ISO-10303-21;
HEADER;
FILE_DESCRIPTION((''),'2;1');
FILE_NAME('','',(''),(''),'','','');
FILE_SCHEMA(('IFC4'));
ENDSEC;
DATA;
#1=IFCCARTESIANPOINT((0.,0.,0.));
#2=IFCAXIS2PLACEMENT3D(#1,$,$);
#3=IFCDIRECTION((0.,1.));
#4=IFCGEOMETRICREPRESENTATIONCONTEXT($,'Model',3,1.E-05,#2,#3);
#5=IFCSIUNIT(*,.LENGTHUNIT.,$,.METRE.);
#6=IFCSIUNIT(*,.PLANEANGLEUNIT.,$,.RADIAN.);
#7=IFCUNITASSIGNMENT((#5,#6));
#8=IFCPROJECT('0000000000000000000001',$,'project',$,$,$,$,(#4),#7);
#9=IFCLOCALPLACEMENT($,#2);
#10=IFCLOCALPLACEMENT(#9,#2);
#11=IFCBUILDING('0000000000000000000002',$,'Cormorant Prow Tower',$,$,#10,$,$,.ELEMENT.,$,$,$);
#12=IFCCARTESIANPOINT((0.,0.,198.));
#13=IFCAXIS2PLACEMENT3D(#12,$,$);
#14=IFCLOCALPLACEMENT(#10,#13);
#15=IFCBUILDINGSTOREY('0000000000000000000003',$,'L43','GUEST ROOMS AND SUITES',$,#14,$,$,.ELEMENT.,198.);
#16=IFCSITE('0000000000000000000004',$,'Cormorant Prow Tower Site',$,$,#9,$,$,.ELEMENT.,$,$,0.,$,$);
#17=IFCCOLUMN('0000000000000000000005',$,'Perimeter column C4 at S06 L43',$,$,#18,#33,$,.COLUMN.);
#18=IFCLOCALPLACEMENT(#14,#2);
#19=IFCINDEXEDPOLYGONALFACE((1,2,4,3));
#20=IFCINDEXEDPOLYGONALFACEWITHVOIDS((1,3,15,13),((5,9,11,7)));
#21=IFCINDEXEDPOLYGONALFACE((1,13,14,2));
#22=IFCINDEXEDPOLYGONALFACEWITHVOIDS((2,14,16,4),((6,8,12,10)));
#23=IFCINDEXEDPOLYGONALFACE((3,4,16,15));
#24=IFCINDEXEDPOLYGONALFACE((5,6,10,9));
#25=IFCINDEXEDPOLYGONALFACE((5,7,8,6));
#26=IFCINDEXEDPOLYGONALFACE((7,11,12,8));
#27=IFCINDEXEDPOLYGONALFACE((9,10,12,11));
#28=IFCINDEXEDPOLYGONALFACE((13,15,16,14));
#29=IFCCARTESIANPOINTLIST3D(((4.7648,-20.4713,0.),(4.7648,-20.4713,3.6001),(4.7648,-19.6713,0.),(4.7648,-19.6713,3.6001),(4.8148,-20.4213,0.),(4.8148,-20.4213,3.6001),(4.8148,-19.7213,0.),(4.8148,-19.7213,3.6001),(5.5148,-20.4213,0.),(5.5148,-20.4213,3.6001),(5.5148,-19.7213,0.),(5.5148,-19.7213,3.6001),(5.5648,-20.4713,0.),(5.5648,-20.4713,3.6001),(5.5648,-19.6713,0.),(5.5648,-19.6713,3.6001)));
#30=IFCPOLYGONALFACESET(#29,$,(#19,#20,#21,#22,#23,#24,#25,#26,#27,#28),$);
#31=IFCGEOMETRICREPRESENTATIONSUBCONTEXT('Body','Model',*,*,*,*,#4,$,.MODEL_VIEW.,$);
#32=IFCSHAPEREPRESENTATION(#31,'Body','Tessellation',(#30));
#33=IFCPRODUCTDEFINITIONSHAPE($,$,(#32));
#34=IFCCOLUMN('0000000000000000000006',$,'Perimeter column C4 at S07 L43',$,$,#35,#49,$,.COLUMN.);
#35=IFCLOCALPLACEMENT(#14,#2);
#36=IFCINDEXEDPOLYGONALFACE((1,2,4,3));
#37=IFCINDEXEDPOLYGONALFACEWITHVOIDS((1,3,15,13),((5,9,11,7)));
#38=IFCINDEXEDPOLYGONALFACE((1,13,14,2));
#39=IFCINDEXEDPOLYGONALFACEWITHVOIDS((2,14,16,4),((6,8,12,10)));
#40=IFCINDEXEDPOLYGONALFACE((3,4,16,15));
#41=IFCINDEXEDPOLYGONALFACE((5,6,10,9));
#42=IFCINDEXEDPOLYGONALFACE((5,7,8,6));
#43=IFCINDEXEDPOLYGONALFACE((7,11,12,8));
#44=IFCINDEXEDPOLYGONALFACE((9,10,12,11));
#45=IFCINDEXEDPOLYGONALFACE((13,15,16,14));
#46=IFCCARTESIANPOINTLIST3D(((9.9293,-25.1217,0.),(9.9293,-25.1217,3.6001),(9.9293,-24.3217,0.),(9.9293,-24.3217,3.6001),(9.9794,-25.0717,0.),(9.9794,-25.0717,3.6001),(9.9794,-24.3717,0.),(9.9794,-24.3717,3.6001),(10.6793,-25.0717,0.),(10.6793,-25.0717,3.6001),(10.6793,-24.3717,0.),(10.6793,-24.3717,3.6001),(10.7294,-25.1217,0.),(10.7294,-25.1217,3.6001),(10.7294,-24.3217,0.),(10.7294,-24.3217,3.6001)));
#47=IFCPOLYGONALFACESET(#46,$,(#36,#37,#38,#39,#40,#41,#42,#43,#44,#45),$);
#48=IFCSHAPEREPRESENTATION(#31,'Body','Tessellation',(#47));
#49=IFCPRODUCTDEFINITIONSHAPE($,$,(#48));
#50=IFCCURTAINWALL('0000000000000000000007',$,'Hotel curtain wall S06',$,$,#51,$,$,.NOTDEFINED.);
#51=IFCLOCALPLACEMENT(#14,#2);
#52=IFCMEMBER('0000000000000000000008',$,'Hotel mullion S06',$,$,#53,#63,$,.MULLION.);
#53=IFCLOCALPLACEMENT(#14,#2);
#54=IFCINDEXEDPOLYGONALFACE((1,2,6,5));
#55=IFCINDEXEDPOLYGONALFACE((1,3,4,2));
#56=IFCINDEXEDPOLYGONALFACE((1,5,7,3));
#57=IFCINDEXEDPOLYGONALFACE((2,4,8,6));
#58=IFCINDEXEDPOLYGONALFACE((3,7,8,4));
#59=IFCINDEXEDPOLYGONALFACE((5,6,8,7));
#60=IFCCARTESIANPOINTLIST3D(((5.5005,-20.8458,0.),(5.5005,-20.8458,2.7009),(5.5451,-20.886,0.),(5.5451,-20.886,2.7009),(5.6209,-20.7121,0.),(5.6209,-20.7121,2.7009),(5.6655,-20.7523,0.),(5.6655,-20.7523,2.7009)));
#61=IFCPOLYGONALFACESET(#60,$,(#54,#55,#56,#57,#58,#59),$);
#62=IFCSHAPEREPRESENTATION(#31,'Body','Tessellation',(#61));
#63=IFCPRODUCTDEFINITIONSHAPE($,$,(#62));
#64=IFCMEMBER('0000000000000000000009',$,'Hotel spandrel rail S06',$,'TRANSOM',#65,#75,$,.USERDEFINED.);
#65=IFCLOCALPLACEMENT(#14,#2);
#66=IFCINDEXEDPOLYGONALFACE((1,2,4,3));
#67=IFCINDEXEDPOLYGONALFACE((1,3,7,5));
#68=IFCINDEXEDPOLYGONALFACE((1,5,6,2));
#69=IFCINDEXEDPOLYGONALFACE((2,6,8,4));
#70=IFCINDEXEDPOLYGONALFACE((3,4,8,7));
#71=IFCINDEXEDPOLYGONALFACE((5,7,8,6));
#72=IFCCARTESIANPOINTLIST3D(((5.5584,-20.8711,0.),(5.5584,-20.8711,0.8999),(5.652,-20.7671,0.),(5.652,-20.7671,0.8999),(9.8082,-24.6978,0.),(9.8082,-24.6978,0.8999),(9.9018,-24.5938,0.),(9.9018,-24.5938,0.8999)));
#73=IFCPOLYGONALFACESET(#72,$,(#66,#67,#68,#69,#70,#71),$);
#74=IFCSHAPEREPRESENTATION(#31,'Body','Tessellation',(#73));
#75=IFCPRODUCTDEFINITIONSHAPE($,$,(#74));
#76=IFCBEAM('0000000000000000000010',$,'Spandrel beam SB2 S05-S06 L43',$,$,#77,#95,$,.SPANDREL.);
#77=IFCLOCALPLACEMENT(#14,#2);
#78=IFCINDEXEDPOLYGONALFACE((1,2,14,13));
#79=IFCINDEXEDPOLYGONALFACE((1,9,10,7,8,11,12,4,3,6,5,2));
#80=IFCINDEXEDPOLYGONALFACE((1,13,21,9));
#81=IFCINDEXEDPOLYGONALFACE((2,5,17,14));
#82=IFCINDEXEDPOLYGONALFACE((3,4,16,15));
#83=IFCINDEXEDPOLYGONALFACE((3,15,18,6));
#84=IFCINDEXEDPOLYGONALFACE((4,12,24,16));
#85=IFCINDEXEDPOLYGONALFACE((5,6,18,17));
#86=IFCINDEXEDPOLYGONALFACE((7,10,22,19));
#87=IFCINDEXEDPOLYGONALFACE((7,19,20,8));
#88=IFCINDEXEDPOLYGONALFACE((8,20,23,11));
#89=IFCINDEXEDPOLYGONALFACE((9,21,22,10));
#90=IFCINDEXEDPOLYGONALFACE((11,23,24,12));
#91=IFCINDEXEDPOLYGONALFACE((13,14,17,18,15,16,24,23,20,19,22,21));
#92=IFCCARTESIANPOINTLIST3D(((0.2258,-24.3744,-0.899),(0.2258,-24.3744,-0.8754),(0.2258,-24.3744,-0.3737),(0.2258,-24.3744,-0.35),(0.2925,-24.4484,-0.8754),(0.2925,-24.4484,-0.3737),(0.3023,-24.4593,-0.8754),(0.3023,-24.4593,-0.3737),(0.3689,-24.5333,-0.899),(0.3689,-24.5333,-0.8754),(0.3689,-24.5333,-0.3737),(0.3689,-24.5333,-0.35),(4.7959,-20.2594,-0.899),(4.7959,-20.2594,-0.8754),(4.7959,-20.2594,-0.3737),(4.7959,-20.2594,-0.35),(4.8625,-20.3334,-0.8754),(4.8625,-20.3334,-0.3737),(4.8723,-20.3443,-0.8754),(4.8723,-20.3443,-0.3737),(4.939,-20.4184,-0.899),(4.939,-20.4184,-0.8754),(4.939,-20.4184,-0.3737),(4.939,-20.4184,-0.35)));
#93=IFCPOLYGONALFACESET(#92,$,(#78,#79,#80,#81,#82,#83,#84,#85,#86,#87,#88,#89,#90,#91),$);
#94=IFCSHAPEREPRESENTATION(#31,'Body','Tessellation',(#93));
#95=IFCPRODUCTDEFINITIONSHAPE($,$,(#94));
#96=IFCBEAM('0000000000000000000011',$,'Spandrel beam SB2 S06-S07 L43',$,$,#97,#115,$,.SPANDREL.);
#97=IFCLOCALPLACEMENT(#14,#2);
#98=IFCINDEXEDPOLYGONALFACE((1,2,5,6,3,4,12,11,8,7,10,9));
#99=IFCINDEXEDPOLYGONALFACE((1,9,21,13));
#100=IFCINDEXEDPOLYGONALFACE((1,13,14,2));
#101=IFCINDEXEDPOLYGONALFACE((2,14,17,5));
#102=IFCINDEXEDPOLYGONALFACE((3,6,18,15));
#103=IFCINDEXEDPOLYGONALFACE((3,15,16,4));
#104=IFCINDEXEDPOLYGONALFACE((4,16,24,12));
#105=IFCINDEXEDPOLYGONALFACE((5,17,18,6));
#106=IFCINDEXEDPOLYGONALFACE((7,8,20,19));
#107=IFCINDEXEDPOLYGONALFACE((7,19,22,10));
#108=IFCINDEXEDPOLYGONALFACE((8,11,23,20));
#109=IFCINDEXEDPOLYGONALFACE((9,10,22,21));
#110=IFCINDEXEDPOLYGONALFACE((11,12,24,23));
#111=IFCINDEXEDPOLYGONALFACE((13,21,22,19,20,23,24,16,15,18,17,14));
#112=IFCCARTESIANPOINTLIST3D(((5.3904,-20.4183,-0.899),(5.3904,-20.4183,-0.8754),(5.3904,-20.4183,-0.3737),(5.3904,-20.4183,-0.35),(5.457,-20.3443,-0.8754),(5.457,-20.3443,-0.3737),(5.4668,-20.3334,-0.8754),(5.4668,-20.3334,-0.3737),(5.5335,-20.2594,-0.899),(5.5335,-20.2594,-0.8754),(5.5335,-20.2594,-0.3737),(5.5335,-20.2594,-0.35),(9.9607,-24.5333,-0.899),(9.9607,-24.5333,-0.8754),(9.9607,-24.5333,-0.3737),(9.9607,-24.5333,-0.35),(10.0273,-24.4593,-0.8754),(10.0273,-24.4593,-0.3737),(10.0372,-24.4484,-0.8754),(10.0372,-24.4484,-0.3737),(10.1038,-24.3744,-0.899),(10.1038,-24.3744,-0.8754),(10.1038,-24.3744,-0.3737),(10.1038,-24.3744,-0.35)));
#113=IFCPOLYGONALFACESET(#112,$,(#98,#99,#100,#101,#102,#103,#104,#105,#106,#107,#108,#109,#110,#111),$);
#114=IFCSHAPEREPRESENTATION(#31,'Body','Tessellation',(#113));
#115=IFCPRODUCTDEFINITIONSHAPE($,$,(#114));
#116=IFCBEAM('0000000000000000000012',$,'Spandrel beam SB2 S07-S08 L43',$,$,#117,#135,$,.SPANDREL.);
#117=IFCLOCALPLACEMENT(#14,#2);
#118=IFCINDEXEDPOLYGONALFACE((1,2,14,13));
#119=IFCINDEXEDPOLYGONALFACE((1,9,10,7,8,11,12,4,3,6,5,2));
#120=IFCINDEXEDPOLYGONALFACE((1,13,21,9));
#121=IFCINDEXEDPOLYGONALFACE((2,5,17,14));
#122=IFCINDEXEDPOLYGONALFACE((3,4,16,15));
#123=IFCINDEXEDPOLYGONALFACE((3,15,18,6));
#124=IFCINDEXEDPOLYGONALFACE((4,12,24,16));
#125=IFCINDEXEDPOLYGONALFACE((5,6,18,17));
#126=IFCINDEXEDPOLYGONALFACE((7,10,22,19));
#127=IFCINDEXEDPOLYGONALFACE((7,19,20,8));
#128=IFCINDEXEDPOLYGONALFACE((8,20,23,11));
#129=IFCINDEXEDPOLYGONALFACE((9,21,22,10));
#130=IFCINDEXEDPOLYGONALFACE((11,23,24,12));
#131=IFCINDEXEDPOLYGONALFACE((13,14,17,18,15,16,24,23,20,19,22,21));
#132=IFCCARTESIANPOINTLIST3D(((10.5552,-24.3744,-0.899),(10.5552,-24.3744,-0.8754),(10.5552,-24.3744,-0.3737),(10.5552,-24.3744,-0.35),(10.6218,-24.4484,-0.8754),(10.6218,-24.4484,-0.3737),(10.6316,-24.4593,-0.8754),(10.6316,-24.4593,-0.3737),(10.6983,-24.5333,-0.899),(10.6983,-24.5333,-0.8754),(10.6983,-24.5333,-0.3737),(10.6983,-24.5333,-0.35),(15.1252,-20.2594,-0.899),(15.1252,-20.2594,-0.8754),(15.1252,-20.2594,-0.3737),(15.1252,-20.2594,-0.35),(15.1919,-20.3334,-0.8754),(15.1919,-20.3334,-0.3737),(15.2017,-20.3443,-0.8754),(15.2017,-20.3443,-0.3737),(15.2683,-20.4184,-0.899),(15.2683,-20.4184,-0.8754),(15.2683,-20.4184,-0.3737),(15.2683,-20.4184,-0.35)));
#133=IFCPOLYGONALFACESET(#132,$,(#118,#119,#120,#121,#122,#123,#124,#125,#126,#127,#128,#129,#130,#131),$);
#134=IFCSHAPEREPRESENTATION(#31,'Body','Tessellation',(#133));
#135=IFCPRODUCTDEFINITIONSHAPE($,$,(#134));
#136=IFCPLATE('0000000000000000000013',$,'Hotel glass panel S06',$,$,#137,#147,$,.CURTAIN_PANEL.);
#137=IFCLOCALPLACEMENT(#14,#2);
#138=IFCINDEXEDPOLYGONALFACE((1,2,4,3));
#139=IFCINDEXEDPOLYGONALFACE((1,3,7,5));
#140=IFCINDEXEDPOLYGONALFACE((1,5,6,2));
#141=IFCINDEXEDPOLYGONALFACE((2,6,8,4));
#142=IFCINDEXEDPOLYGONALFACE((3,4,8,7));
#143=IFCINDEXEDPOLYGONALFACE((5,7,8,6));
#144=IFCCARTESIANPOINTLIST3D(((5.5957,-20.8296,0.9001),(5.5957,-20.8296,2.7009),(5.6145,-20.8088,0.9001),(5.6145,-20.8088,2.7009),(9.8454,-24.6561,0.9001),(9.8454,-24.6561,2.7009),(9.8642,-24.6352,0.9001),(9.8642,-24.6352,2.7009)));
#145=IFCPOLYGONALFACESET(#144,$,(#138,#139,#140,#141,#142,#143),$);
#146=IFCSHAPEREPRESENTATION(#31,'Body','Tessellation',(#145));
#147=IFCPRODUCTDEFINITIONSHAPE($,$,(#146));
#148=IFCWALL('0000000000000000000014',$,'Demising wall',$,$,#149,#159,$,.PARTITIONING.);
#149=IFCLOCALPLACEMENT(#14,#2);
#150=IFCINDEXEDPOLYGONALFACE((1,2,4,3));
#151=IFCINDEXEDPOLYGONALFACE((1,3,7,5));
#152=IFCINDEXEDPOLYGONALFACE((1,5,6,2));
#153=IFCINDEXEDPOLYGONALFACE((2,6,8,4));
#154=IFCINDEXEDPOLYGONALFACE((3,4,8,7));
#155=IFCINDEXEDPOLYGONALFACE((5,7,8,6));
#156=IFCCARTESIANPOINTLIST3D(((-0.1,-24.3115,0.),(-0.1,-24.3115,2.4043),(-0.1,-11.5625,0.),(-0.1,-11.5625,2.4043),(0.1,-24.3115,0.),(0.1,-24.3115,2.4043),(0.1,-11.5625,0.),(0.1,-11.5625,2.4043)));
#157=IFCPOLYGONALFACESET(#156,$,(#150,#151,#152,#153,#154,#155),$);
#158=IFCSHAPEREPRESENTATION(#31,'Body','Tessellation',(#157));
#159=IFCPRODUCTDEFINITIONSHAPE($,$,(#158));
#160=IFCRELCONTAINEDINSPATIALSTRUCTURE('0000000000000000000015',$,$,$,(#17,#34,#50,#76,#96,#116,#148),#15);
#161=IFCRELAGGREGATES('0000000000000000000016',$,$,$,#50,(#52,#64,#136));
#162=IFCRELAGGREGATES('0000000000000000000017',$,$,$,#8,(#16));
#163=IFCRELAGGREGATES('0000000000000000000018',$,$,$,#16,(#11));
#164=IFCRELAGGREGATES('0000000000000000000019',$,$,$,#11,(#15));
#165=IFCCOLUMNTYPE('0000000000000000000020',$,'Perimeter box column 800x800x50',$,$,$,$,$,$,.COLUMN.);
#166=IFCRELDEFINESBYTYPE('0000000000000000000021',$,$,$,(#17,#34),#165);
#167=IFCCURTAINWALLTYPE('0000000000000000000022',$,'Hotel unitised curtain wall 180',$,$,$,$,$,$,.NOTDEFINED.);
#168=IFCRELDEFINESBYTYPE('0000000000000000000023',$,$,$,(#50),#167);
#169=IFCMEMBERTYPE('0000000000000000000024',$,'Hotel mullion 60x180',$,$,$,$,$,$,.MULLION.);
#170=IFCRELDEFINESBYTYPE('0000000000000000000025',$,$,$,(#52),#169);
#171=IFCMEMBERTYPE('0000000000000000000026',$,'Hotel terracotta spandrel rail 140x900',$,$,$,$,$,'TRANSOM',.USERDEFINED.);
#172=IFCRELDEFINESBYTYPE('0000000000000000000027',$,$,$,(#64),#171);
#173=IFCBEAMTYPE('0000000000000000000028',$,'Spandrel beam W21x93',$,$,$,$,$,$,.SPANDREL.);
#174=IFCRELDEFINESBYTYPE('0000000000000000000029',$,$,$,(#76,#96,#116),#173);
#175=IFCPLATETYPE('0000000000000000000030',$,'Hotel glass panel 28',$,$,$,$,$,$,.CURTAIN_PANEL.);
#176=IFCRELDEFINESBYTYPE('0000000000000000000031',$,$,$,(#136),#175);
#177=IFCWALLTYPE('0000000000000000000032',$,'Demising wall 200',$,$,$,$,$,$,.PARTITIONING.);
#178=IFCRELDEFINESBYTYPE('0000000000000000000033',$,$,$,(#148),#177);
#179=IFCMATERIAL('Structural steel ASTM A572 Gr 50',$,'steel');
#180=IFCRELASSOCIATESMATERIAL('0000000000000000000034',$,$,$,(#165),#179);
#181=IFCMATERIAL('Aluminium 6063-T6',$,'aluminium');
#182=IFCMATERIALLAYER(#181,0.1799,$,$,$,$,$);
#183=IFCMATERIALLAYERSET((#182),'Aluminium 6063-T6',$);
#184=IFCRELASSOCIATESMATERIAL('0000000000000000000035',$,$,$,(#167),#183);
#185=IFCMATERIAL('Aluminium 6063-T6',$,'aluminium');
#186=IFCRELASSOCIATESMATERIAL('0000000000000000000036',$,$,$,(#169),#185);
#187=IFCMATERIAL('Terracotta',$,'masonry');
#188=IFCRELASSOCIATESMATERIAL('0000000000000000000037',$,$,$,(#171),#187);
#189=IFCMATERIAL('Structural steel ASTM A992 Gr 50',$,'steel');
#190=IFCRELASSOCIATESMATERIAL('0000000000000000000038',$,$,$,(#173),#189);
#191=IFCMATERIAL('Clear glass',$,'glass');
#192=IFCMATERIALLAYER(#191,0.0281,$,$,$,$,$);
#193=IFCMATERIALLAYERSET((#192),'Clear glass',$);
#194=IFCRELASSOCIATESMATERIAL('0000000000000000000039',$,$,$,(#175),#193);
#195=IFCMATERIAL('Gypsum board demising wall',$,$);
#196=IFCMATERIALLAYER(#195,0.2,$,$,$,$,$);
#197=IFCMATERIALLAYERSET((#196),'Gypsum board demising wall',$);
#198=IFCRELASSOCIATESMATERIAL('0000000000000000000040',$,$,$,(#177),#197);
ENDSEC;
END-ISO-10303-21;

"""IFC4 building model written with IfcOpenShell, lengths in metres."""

from ifc_helpers import new_model, si_unit, direction, frame, frame_2d, origin, origin_2d, place, context, subcontext, project, spatial, rectangle, hollow_rectangle, i_section, extrude, material, layer, layer_set, material_profile, profile_set, type_object, element, aggregate, save


model = new_model("IFC4")

# Units and contexts
model_context = context("Model", 3, precision=1e-05, world=origin(), true_north=direction((0.0, 1.0)))
body_context = subcontext(model_context, "Body", "Model", "MODEL_VIEW")
ifc_project = project(units=[si_unit("LENGTHUNIT", "METRE"), si_unit("PLANEANGLEUNIT", "RADIAN")], contexts=[model_context])

# Site, building, storey
site_placement = place(None, origin())
site = spatial("IfcSite", under=ifc_project, at=site_placement, Name="Cormorant Prow Tower Site", CompositionType="ELEMENT", RefElevation=0.0)
building_placement = place(site_placement, origin())
building = spatial("IfcBuilding", under=site, at=building_placement, Name="Cormorant Prow Tower", CompositionType="ELEMENT")
storey_placement = place(building_placement, frame((0.0, 0.0, 198.0)))
storey = spatial("IfcBuildingStorey", under=building, at=storey_placement, Name="L43", Description="GUEST ROOMS AND SUITES", CompositionType="ELEMENT", Elevation=198.0)

# Columns
ifc_material_1 = material(Name="Structural steel ASTM A572 Gr 50", Category="steel")
ifc_material_profile_1 = material_profile(ifc_material_1, hollow_rectangle(XDim=0.8, YDim=0.8, WallThickness=0.05, at=origin_2d()), Name="Box 800x800x50")
ifc_profile_set_1 = profile_set([ifc_material_profile_1], Name="Structural steel ASTM A572 Gr 50")
column_type = type_object("IfcColumnType", Name="Perimeter box column 800x800x50", PredefinedType="COLUMN", material=ifc_profile_set_1)
for number, where, z_axis, x_axis, name in (
    (1, (5.1648, -20.0713, 0.0), (0.0, 0.0, 1.0), (1.0, 0.0, 0.0), "Perimeter column C4 at S06 L43"),
    (2, (10.3293, -24.7217, 0.0), (0.0, 0.0, 1.0), (1.0, 0.0, 0.0), "Perimeter column C4 at S07 L43"),
):
    element("IfcColumn", number, at=place(storey_placement, frame(where, z_axis=z_axis, x_axis=x_axis)), inside=storey, type_object=column_type, Name=name, PredefinedType="COLUMN", context=body_context, shape_type="SweptSolid", body=[
        extrude(hollow_rectangle(XDim=0.8, YDim=0.8, WallThickness=0.05, at=origin_2d()), origin(), (0.0, 0.0, 1.0), 3.6001),
    ])

# Curtain wall, members
ifc_material_2 = material(Name="Aluminium 6063-T6", Category="aluminium")
ifc_layer_1 = layer(ifc_material_2, 0.1799)
ifc_layer_set_1 = layer_set([ifc_layer_1], Name="Aluminium 6063-T6")
curtain_wall_type = type_object("IfcCurtainWallType", Name="Hotel unitised curtain wall 180", PredefinedType="NOTDEFINED", material=ifc_layer_set_1)
curtain_wall_placement = place(storey_placement, origin())
curtain_wall = element("IfcCurtainWall", 3, at=curtain_wall_placement, inside=storey, type_object=curtain_wall_type, Name="Hotel curtain wall S06", PredefinedType="NOTDEFINED")
ifc_material_3 = material(Name="Aluminium 6063-T6", Category="aluminium")
ifc_material_profile_2 = material_profile(ifc_material_3, rectangle(XDim=0.1799, YDim=0.0601, at=origin_2d()), Name="Hotel mullion 60x180")
ifc_profile_set_2 = profile_set([ifc_material_profile_2], Name="Aluminium 6063-T6")
member_type_1 = type_object("IfcMemberType", Name="Hotel mullion 60x180", PredefinedType="MULLION", material=ifc_profile_set_2)
member_1_placement = place(storey_placement, frame((5.583, -20.7991, 0.0), z_axis=(0.0, 0.0, 1.0), x_axis=(0.669131, 0.743145, 0.0)))
member_1 = element("IfcMember", 4, at=member_1_placement, type_object=member_type_1, Name="Hotel mullion S06", PredefinedType="MULLION", context=body_context, shape_type="SweptSolid", body=[
    extrude(rectangle(XDim=0.1799, YDim=0.0601, at=origin_2d()), origin(), (0.0, 0.0, 1.0), 2.7009),
])
ifc_material_4 = material(Name="Terracotta", Category="masonry")
ifc_material_profile_3 = material_profile(ifc_material_4, rectangle(XDim=0.1399, YDim=0.8999, at=origin_2d()), Name="Hotel terracotta spandrel rail 140x900")
ifc_profile_set_3 = profile_set([ifc_material_profile_3], Name="Terracotta")
member_type_2 = type_object("IfcMemberType", Name="Hotel terracotta spandrel rail 140x900", ElementType="TRANSOM", PredefinedType="USERDEFINED", material=ifc_profile_set_3)
member_2_placement = place(storey_placement, frame((5.6052, -20.8191, 0.45), z_axis=(0.743131, -0.669146, 0.0), x_axis=(0.669146, 0.743131, 0.0)))
member_2 = element("IfcMember", 5, at=member_2_placement, type_object=member_type_2, Name="Hotel spandrel rail S06", ObjectType="TRANSOM", PredefinedType="USERDEFINED", context=body_context, shape_type="SweptSolid", body=[
    extrude(rectangle(XDim=0.1399, YDim=0.8999, at=origin_2d()), origin(), (0.0, 0.0, 1.0), 5.7188),
])

# Beams
ifc_material_5 = material(Name="Structural steel ASTM A992 Gr 50", Category="steel")
ifc_material_profile_4 = material_profile(ifc_material_5, i_section(OverallWidth=0.2139, OverallDepth=0.5491, WebThickness=0.0146, FlangeThickness=0.0237, at=origin_2d()), Name="W21x93")
ifc_profile_set_4 = profile_set([ifc_material_profile_4], Name="Structural steel ASTM A992 Gr 50")
beam_type = type_object("IfcBeamType", Name="Spandrel beam W21x93", PredefinedType="SPANDREL", material=ifc_profile_set_4)
beam_1_placement = place(storey_placement, frame((0.2974, -24.4539, -0.6245), z_axis=(0.743138, 0.669138, 0.0), x_axis=(-0.669138, 0.743138, 0.0)))
element("IfcBeam", 6, at=beam_1_placement, inside=storey, type_object=beam_type, Name="Spandrel beam SB2 S05-S06 L43", PredefinedType="SPANDREL", context=body_context, shape_type="SweptSolid", body=[
    extrude(i_section(OverallWidth=0.2139, OverallDepth=0.5491, WebThickness=0.0146, FlangeThickness=0.0237, at=origin_2d()), origin(), (0.0, 0.0, 1.0), 6.1497),
])
beam_2_placement = place(storey_placement, frame((5.4619, -20.3389, -0.6245), z_axis=(0.743156, -0.669118, 0.0), x_axis=(0.669118, 0.743156, 0.0)))
element("IfcBeam", 7, at=beam_2_placement, inside=storey, type_object=beam_type, Name="Spandrel beam SB2 S06-S07 L43", PredefinedType="SPANDREL", context=body_context, shape_type="SweptSolid", body=[
    extrude(i_section(OverallWidth=0.2139, OverallDepth=0.5491, WebThickness=0.0146, FlangeThickness=0.0237, at=origin_2d()), origin(), (0.0, 0.0, 1.0), 6.1499),
])
beam_3_placement = place(storey_placement, frame((10.6267, -24.4539, -0.6245), z_axis=(0.743138, 0.669138, 0.0), x_axis=(-0.669138, 0.743138, 0.0)))
element("IfcBeam", 8, at=beam_3_placement, inside=storey, type_object=beam_type, Name="Spandrel beam SB2 S07-S08 L43", PredefinedType="SPANDREL", context=body_context, shape_type="SweptSolid", body=[
    extrude(i_section(OverallWidth=0.2139, OverallDepth=0.5491, WebThickness=0.0146, FlangeThickness=0.0237, at=origin_2d()), origin(), (0.0, 0.0, 1.0), 6.1497),
])

# Plate
ifc_material_6 = material(Name="Clear glass", Category="glass")
ifc_layer_2 = layer(ifc_material_6, 0.0281)
ifc_layer_set_2 = layer_set([ifc_layer_2], Name="Clear glass")
plate_type = type_object("IfcPlateType", Name="Hotel glass panel 28", PredefinedType="CURTAIN_PANEL", material=ifc_layer_set_2)
plate_placement = place(storey_placement, frame((7.73, -22.7324, 0.9001), z_axis=(0.0, 0.0, 1.0), x_axis=(0.743145, -0.669131, 0.0)))
plate = element("IfcPlate", 9, at=plate_placement, type_object=plate_type, Name="Hotel glass panel S06", PredefinedType="CURTAIN_PANEL", context=body_context, shape_type="SweptSolid", body=[
    extrude(rectangle(XDim=5.7185, YDim=0.0281, at=origin_2d()), origin(), (0.0, 0.0, 1.0), 1.8008),
])
aggregate(curtain_wall, [member_1, member_2, plate])

# Wall
ifc_material_7 = material(Name="Gypsum board demising wall")
ifc_layer_3 = layer(ifc_material_7, 0.2)
ifc_layer_set_3 = layer_set([ifc_layer_3], Name="Gypsum board demising wall")
wall_type_1 = type_object("IfcWallType", Name="Demising wall 200", PredefinedType="PARTITIONING", material=ifc_layer_set_3)
wall_1_placement = place(storey_placement, frame((0.0, -24.3115, 0.0), z_axis=(0.0, 0.0, 1.0), x_axis=(0.0, 1.0, 0.0)))
element("IfcWall", 10, at=wall_1_placement, inside=storey, type_object=wall_type_1, Name="Demising wall", PredefinedType="PARTITIONING", context=body_context, shape_type="SweptSolid", body=[
    extrude(rectangle(XDim=12.749, YDim=0.2, at=frame_2d((6.3745, 0.0))), origin(), (0.0, 0.0, 1.0), 2.4043),
])

save(model, "model.ifc")
